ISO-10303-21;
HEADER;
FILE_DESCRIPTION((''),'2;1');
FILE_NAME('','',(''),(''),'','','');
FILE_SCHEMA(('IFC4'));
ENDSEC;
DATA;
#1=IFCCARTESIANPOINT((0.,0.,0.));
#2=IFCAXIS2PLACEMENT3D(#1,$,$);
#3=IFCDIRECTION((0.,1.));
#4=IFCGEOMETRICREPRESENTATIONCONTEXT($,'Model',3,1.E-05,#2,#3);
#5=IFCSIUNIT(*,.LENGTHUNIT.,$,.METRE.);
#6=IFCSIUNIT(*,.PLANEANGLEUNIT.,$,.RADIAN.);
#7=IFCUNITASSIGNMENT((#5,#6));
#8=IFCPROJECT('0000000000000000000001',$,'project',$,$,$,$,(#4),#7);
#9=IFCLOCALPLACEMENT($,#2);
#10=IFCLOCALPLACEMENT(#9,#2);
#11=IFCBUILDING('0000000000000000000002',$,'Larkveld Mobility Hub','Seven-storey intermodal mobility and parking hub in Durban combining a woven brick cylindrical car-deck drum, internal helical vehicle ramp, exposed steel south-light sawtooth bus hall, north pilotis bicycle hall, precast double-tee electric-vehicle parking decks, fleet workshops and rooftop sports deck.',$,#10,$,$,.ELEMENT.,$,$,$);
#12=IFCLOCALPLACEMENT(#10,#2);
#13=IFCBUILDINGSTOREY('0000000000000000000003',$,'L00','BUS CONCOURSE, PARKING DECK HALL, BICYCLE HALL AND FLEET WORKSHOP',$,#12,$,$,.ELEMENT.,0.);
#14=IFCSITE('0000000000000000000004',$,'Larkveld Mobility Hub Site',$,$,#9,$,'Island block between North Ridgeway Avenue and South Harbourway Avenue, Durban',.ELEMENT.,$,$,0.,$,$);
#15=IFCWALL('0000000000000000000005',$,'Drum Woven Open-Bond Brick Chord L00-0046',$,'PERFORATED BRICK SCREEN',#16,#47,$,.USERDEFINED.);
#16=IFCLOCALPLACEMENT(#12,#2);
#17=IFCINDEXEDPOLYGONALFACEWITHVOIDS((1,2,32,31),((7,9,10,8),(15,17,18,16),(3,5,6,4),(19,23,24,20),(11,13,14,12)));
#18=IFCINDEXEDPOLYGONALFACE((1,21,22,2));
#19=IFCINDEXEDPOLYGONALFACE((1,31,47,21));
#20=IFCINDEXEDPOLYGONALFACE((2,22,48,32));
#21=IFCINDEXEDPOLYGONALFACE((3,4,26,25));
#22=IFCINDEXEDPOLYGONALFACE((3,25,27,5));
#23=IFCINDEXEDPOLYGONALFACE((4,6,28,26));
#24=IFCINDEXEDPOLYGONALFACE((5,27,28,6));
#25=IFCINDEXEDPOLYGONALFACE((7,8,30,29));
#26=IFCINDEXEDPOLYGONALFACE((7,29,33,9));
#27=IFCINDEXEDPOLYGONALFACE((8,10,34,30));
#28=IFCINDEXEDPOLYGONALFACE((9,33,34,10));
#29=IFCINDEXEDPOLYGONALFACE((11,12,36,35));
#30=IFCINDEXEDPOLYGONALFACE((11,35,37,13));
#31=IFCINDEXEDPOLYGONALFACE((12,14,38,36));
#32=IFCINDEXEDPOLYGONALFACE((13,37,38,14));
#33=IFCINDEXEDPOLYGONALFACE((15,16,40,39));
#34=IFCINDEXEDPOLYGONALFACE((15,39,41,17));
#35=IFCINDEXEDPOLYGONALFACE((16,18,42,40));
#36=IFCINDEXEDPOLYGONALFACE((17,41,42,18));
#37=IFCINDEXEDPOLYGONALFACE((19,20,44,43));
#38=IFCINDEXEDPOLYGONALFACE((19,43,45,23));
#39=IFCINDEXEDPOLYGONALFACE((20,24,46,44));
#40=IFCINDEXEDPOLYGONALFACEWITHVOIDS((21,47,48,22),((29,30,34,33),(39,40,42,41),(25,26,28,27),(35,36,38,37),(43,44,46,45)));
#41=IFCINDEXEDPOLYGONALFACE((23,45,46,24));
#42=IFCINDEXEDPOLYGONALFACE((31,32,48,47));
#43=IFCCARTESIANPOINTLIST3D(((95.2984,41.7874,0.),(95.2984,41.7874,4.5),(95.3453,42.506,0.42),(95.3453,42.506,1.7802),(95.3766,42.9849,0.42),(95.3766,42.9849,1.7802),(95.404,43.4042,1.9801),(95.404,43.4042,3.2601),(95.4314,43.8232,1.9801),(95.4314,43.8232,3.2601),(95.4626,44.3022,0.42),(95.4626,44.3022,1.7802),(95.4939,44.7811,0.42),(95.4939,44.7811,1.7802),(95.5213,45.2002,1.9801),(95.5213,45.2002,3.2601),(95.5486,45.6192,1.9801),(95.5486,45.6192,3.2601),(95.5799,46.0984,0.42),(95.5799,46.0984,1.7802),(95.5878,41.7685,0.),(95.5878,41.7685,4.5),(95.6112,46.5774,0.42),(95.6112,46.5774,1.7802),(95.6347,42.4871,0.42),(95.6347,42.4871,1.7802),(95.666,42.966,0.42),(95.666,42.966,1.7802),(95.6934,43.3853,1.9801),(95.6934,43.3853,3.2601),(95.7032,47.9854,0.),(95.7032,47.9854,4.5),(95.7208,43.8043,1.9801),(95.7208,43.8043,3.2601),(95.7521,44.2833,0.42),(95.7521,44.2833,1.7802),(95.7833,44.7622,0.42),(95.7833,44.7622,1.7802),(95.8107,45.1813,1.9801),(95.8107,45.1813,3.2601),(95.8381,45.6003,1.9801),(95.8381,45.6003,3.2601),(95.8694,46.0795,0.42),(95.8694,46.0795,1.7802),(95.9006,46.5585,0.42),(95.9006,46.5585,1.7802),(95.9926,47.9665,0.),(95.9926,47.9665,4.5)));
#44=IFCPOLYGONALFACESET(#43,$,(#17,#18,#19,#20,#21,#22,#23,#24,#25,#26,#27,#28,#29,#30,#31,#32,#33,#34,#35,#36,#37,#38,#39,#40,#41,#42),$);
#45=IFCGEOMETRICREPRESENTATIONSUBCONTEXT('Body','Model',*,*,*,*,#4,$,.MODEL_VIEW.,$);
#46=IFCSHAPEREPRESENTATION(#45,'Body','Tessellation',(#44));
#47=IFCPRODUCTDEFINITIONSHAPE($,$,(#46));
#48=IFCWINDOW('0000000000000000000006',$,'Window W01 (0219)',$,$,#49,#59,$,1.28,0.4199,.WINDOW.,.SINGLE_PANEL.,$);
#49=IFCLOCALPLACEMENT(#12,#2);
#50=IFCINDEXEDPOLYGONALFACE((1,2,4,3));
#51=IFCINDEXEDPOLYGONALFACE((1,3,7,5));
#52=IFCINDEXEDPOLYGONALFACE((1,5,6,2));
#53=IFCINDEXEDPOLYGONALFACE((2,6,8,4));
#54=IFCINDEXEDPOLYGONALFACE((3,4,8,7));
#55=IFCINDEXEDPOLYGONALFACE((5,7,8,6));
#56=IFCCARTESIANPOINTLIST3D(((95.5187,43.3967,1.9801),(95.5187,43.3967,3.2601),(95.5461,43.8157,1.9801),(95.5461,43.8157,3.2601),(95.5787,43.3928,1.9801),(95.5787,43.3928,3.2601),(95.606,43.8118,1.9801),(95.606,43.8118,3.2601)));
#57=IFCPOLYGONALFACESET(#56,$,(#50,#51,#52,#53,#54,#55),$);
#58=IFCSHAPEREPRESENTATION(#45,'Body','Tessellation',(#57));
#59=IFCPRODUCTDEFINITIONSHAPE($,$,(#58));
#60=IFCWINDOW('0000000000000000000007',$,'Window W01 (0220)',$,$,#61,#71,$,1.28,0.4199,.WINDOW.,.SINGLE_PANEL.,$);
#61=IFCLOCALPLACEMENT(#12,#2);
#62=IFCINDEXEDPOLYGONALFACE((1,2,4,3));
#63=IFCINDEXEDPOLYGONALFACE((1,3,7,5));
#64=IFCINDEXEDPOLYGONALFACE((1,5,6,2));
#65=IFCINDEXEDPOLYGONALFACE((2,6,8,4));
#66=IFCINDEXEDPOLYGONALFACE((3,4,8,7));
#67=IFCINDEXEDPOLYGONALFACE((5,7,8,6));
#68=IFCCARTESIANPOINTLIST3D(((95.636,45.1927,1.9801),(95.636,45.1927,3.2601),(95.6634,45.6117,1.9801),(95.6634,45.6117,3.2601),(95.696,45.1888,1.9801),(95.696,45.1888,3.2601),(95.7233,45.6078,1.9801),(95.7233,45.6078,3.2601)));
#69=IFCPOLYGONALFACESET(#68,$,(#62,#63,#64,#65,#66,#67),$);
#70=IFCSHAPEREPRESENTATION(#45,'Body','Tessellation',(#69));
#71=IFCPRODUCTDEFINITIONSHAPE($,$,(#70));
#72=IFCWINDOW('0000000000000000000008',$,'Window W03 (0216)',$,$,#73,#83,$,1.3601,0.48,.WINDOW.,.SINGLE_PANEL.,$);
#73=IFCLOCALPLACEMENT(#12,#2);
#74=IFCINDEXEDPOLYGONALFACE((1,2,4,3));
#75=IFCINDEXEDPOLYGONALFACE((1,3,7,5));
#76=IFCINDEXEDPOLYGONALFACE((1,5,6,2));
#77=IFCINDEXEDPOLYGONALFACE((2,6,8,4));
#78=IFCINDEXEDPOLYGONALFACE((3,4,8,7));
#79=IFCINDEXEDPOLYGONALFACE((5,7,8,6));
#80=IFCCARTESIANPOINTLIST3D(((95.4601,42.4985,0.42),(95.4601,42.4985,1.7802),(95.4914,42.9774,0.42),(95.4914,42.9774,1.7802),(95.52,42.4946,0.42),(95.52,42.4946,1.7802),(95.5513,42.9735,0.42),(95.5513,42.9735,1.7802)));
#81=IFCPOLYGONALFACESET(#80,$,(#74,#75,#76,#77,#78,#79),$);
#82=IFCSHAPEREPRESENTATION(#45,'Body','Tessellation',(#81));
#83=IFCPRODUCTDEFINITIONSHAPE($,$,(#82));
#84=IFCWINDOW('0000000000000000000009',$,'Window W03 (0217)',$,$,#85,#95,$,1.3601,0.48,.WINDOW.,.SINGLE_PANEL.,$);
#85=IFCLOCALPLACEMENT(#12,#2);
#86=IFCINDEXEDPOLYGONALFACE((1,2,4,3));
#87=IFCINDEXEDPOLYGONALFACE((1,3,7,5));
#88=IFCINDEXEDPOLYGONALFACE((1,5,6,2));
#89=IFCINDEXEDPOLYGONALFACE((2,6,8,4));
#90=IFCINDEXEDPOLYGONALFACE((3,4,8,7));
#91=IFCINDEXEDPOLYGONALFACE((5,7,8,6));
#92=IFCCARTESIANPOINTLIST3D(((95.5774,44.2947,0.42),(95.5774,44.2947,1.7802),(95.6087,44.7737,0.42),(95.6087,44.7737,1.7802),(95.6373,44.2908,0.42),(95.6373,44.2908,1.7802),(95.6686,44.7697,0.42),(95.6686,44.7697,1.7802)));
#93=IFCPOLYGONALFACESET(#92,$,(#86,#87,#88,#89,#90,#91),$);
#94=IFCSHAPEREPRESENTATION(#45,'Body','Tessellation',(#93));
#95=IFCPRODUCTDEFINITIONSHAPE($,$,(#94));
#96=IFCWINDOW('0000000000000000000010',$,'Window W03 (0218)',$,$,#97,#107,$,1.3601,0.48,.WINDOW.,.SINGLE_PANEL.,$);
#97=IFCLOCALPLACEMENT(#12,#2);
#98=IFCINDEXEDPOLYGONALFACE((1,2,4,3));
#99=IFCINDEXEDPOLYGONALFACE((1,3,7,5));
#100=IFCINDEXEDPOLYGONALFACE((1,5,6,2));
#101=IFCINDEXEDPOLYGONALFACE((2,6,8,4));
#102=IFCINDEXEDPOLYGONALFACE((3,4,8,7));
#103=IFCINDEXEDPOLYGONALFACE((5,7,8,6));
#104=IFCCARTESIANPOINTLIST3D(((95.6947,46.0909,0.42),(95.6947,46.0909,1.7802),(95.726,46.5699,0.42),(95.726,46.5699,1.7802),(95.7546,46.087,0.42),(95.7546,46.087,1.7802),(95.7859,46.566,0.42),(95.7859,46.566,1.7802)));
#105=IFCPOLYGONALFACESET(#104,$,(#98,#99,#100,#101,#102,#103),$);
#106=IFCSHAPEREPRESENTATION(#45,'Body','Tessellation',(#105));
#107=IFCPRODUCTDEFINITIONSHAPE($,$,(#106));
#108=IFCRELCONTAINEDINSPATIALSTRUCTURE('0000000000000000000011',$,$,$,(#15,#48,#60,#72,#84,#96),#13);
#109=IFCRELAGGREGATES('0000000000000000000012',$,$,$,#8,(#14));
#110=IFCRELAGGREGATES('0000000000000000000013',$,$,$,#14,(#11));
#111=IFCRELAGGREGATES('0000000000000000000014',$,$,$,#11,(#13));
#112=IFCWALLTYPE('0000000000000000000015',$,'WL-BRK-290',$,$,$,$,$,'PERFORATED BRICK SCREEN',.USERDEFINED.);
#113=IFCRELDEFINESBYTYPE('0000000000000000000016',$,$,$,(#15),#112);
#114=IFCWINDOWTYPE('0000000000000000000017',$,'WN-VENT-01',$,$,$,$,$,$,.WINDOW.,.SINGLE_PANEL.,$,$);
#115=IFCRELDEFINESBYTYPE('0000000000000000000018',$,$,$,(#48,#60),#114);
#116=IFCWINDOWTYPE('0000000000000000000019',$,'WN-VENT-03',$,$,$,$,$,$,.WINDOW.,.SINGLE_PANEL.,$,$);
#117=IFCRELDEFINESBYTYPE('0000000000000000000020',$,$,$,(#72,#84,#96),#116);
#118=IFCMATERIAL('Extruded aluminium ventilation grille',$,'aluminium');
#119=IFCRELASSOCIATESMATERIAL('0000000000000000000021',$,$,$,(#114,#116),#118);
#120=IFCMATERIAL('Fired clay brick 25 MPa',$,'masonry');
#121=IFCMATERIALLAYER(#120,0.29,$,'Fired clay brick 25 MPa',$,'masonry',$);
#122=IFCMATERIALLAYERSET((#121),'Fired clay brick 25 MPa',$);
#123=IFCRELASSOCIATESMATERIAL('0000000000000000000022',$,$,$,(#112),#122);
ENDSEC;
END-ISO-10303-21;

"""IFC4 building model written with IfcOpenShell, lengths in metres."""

from ifc_helpers import new_model, si_unit, direction, frame, frame_2d, origin, place, context, subcontext, project, spatial, rectangle, extrude, material, layer, layer_set, type_object, element, fill, save


model = new_model("IFC4")

# Units and contexts
model_context = context("Model", 3, precision=1e-05, world=origin(), true_north=direction((0.0, 1.0)))
body_context = subcontext(model_context, "Body", "Model", "MODEL_VIEW")
ifc_project = project(units=[si_unit("LENGTHUNIT", "METRE"), si_unit("PLANEANGLEUNIT", "RADIAN")], contexts=[model_context])

# Site, building, storey
site_placement = place(None, origin())
site = spatial("IfcSite", under=ifc_project, at=site_placement, Name="Larkveld Mobility Hub Site", LongName="Island block between North Ridgeway Avenue and South Harbourway Avenue, Durban", CompositionType="ELEMENT", RefElevation=0.0)
building_placement = place(site_placement, origin())
building = spatial("IfcBuilding", under=site, at=building_placement, Name="Larkveld Mobility Hub", Description="Seven-storey intermodal mobility and parking hub in Durban combining a woven brick cylindrical car-deck drum, internal helical vehicle ramp, exposed steel south-light sawtooth bus hall, north pilotis bicycle hall, precast double-tee electric-vehicle parking decks, fleet workshops and rooftop sports deck.", CompositionType="ELEMENT")
storey_placement = place(building_placement, origin())
storey = spatial("IfcBuildingStorey", under=building, at=storey_placement, Name="L00", Description="BUS CONCOURSE, PARKING DECK HALL, BICYCLE HALL AND FLEET WORKSHOP", CompositionType="ELEMENT", Elevation=0.0)

# Wall, openings, windows
ifc_material_1 = material(Name="Fired clay brick 25 MPa", Category="masonry")
ifc_material_2 = material(Name="Extruded aluminium ventilation grille", Category="aluminium")
window_type_1 = type_object("IfcWindowType", Name="WN-VENT-01", PartitioningType="SINGLE_PANEL", PredefinedType="WINDOW", material=ifc_material_2)
window_type_2 = type_object("IfcWindowType", Name="WN-VENT-03", PartitioningType="SINGLE_PANEL", PredefinedType="WINDOW", material=ifc_material_2)
ifc_layer_1 = layer(ifc_material_1, 0.29, Name="Fired clay brick 25 MPa", Category="masonry")
ifc_layer_set_1 = layer_set([ifc_layer_1], Name="Fired clay brick 25 MPa")
wall_type_1 = type_object("IfcWallType", Name="WL-BRK-290", ElementType="PERFORATED BRICK SCREEN", PredefinedType="USERDEFINED", material=ifc_layer_set_1)
wall_1_placement = place(storey_placement, frame((95.4431, 41.7781, 0.0), z_axis=(0.0, 0.0, 1.0), x_axis=(0.06517, 0.997874, 0.0)))
wall_1 = element("IfcWall", 1, at=wall_1_placement, inside=storey, type_object=wall_type_1, Name="Drum Woven Open-Bond Brick Chord L00-0046", ObjectType="PERFORATED BRICK SCREEN", PredefinedType="USERDEFINED", context=body_context, shape_type="SweptSolid", body=[
    extrude(rectangle(XDim=6.2112, YDim=0.29, at=frame_2d((3.1055, 0.0))), origin(), (0.0, 0.0, 1.0), 4.5),
])
opening_1_placement = place(wall_1_placement, frame((0.72, 0.0, 0.4199)))
opening_1 = element("IfcOpeningElement", 2, at=opening_1_placement, cuts=wall_1, PredefinedType="OPENING", context=body_context, shape_type="SweptSolid", body=[
    extrude(rectangle(XDim=0.48, YDim=1.3601, at=frame_2d((0.24, 0.6802))), frame((0.0, 0.155, 0.0), z_axis=(0.0, -1.0, 0.0), x_axis=(1.0, 0.0, 0.0)), (0.0, 0.0, 1.0), 0.3101),
])
opening_2_placement = place(wall_1_placement, frame((2.52, 0.0, 0.4199)))
opening_2 = element("IfcOpeningElement", 3, at=opening_2_placement, cuts=wall_1, PredefinedType="OPENING", context=body_context, shape_type="SweptSolid", body=[
    extrude(rectangle(XDim=0.48, YDim=1.3601, at=frame_2d((0.24, 0.6802))), frame((0.0, 0.155, 0.0), z_axis=(0.0, -1.0, 0.0), x_axis=(1.0, 0.0, 0.0)), (0.0, 0.0, 1.0), 0.3101),
])
opening_3_placement = place(wall_1_placement, frame((4.3201, 0.0, 0.4199)))
opening_3 = element("IfcOpeningElement", 4, at=opening_3_placement, cuts=wall_1, PredefinedType="OPENING", context=body_context, shape_type="SweptSolid", body=[
    extrude(rectangle(XDim=0.48, YDim=1.3601, at=frame_2d((0.24, 0.6802))), frame((0.0, 0.155, 0.0), z_axis=(0.0, -1.0, 0.0), x_axis=(1.0, 0.0, 0.0)), (0.0, 0.0, 1.0), 0.3101),
])
opening_4_placement = place(wall_1_placement, frame((1.6201, 0.0, 1.98)))
opening_4 = element("IfcOpeningElement", 5, at=opening_4_placement, cuts=wall_1, PredefinedType="OPENING", context=body_context, shape_type="SweptSolid", body=[
    extrude(rectangle(XDim=0.4199, YDim=1.28, at=frame_2d((0.21, 0.6401))), frame((0.0, 0.155, 0.0), z_axis=(0.0, -1.0, 0.0), x_axis=(1.0, 0.0, 0.0)), (0.0, 0.0, 1.0), 0.3101),
])
opening_5_placement = place(wall_1_placement, frame((3.4199, 0.0, 1.98)))
opening_5 = element("IfcOpeningElement", 6, at=opening_5_placement, cuts=wall_1, PredefinedType="OPENING", context=body_context, shape_type="SweptSolid", body=[
    extrude(rectangle(XDim=0.4199, YDim=1.28, at=frame_2d((0.21, 0.6401))), frame((0.0, 0.155, 0.0), z_axis=(0.0, -1.0, 0.0), x_axis=(1.0, 0.0, 0.0)), (0.0, 0.0, 1.0), 0.3101),
])
window_1_placement = place(opening_4_placement, origin())
window_1 = element("IfcWindow", 7, at=window_1_placement, inside=storey, type_object=window_type_1, Name="Window W01 (0219)", OverallHeight=1.28, OverallWidth=0.4199, PartitioningType="SINGLE_PANEL", PredefinedType="WINDOW", context=body_context, shape_type="SweptSolid", body=[
    extrude(rectangle(XDim=0.4199, YDim=1.28, at=frame_2d((0.21, 0.6401))), frame((0.0, 0.03, 0.0), z_axis=(0.0, -1.0, 0.0), x_axis=(1.0, 0.0, 0.0)), (0.0, 0.0, 1.0), 0.0601),
])
fill(opening_4, window_1)
window_2_placement = place(opening_5_placement, origin())
window_2 = element("IfcWindow", 8, at=window_2_placement, inside=storey, type_object=window_type_1, Name="Window W01 (0220)", OverallHeight=1.28, OverallWidth=0.4199, PartitioningType="SINGLE_PANEL", PredefinedType="WINDOW", context=body_context, shape_type="SweptSolid", body=[
    extrude(rectangle(XDim=0.4199, YDim=1.28, at=frame_2d((0.21, 0.6401))), frame((0.0, 0.03, 0.0), z_axis=(0.0, -1.0, 0.0), x_axis=(1.0, 0.0, 0.0)), (0.0, 0.0, 1.0), 0.0601),
])
fill(opening_5, window_2)
window_3_placement = place(opening_1_placement, origin())
window_3 = element("IfcWindow", 9, at=window_3_placement, inside=storey, type_object=window_type_2, Name="Window W03 (0216)", OverallHeight=1.3601, OverallWidth=0.48, PartitioningType="SINGLE_PANEL", PredefinedType="WINDOW", context=body_context, shape_type="SweptSolid", body=[
    extrude(rectangle(XDim=0.48, YDim=1.3601, at=frame_2d((0.24, 0.6802))), frame((0.0, 0.03, 0.0), z_axis=(0.0, -1.0, 0.0), x_axis=(1.0, 0.0, 0.0)), (0.0, 0.0, 1.0), 0.0601),
])
fill(opening_1, window_3)
window_4_placement = place(opening_2_placement, origin())
window_4 = element("IfcWindow", 10, at=window_4_placement, inside=storey, type_object=window_type_2, Name="Window W03 (0217)", OverallHeight=1.3601, OverallWidth=0.48, PartitioningType="SINGLE_PANEL", PredefinedType="WINDOW", context=body_context, shape_type="SweptSolid", body=[
    extrude(rectangle(XDim=0.48, YDim=1.3601, at=frame_2d((0.24, 0.6802))), frame((0.0, 0.03, 0.0), z_axis=(0.0, -1.0, 0.0), x_axis=(1.0, 0.0, 0.0)), (0.0, 0.0, 1.0), 0.0601),
])
fill(opening_2, window_4)
window_5_placement = place(opening_3_placement, origin())
window_5 = element("IfcWindow", 11, at=window_5_placement, inside=storey, type_object=window_type_2, Name="Window W03 (0218)", OverallHeight=1.3601, OverallWidth=0.48, PartitioningType="SINGLE_PANEL", PredefinedType="WINDOW", context=body_context, shape_type="SweptSolid", body=[
    extrude(rectangle(XDim=0.48, YDim=1.3601, at=frame_2d((0.24, 0.6802))), frame((0.0, 0.03, 0.0), z_axis=(0.0, -1.0, 0.0), x_axis=(1.0, 0.0, 0.0)), (0.0, 0.0, 1.0), 0.0601),
])
fill(opening_3, window_5)

save(model, "model.ifc")
